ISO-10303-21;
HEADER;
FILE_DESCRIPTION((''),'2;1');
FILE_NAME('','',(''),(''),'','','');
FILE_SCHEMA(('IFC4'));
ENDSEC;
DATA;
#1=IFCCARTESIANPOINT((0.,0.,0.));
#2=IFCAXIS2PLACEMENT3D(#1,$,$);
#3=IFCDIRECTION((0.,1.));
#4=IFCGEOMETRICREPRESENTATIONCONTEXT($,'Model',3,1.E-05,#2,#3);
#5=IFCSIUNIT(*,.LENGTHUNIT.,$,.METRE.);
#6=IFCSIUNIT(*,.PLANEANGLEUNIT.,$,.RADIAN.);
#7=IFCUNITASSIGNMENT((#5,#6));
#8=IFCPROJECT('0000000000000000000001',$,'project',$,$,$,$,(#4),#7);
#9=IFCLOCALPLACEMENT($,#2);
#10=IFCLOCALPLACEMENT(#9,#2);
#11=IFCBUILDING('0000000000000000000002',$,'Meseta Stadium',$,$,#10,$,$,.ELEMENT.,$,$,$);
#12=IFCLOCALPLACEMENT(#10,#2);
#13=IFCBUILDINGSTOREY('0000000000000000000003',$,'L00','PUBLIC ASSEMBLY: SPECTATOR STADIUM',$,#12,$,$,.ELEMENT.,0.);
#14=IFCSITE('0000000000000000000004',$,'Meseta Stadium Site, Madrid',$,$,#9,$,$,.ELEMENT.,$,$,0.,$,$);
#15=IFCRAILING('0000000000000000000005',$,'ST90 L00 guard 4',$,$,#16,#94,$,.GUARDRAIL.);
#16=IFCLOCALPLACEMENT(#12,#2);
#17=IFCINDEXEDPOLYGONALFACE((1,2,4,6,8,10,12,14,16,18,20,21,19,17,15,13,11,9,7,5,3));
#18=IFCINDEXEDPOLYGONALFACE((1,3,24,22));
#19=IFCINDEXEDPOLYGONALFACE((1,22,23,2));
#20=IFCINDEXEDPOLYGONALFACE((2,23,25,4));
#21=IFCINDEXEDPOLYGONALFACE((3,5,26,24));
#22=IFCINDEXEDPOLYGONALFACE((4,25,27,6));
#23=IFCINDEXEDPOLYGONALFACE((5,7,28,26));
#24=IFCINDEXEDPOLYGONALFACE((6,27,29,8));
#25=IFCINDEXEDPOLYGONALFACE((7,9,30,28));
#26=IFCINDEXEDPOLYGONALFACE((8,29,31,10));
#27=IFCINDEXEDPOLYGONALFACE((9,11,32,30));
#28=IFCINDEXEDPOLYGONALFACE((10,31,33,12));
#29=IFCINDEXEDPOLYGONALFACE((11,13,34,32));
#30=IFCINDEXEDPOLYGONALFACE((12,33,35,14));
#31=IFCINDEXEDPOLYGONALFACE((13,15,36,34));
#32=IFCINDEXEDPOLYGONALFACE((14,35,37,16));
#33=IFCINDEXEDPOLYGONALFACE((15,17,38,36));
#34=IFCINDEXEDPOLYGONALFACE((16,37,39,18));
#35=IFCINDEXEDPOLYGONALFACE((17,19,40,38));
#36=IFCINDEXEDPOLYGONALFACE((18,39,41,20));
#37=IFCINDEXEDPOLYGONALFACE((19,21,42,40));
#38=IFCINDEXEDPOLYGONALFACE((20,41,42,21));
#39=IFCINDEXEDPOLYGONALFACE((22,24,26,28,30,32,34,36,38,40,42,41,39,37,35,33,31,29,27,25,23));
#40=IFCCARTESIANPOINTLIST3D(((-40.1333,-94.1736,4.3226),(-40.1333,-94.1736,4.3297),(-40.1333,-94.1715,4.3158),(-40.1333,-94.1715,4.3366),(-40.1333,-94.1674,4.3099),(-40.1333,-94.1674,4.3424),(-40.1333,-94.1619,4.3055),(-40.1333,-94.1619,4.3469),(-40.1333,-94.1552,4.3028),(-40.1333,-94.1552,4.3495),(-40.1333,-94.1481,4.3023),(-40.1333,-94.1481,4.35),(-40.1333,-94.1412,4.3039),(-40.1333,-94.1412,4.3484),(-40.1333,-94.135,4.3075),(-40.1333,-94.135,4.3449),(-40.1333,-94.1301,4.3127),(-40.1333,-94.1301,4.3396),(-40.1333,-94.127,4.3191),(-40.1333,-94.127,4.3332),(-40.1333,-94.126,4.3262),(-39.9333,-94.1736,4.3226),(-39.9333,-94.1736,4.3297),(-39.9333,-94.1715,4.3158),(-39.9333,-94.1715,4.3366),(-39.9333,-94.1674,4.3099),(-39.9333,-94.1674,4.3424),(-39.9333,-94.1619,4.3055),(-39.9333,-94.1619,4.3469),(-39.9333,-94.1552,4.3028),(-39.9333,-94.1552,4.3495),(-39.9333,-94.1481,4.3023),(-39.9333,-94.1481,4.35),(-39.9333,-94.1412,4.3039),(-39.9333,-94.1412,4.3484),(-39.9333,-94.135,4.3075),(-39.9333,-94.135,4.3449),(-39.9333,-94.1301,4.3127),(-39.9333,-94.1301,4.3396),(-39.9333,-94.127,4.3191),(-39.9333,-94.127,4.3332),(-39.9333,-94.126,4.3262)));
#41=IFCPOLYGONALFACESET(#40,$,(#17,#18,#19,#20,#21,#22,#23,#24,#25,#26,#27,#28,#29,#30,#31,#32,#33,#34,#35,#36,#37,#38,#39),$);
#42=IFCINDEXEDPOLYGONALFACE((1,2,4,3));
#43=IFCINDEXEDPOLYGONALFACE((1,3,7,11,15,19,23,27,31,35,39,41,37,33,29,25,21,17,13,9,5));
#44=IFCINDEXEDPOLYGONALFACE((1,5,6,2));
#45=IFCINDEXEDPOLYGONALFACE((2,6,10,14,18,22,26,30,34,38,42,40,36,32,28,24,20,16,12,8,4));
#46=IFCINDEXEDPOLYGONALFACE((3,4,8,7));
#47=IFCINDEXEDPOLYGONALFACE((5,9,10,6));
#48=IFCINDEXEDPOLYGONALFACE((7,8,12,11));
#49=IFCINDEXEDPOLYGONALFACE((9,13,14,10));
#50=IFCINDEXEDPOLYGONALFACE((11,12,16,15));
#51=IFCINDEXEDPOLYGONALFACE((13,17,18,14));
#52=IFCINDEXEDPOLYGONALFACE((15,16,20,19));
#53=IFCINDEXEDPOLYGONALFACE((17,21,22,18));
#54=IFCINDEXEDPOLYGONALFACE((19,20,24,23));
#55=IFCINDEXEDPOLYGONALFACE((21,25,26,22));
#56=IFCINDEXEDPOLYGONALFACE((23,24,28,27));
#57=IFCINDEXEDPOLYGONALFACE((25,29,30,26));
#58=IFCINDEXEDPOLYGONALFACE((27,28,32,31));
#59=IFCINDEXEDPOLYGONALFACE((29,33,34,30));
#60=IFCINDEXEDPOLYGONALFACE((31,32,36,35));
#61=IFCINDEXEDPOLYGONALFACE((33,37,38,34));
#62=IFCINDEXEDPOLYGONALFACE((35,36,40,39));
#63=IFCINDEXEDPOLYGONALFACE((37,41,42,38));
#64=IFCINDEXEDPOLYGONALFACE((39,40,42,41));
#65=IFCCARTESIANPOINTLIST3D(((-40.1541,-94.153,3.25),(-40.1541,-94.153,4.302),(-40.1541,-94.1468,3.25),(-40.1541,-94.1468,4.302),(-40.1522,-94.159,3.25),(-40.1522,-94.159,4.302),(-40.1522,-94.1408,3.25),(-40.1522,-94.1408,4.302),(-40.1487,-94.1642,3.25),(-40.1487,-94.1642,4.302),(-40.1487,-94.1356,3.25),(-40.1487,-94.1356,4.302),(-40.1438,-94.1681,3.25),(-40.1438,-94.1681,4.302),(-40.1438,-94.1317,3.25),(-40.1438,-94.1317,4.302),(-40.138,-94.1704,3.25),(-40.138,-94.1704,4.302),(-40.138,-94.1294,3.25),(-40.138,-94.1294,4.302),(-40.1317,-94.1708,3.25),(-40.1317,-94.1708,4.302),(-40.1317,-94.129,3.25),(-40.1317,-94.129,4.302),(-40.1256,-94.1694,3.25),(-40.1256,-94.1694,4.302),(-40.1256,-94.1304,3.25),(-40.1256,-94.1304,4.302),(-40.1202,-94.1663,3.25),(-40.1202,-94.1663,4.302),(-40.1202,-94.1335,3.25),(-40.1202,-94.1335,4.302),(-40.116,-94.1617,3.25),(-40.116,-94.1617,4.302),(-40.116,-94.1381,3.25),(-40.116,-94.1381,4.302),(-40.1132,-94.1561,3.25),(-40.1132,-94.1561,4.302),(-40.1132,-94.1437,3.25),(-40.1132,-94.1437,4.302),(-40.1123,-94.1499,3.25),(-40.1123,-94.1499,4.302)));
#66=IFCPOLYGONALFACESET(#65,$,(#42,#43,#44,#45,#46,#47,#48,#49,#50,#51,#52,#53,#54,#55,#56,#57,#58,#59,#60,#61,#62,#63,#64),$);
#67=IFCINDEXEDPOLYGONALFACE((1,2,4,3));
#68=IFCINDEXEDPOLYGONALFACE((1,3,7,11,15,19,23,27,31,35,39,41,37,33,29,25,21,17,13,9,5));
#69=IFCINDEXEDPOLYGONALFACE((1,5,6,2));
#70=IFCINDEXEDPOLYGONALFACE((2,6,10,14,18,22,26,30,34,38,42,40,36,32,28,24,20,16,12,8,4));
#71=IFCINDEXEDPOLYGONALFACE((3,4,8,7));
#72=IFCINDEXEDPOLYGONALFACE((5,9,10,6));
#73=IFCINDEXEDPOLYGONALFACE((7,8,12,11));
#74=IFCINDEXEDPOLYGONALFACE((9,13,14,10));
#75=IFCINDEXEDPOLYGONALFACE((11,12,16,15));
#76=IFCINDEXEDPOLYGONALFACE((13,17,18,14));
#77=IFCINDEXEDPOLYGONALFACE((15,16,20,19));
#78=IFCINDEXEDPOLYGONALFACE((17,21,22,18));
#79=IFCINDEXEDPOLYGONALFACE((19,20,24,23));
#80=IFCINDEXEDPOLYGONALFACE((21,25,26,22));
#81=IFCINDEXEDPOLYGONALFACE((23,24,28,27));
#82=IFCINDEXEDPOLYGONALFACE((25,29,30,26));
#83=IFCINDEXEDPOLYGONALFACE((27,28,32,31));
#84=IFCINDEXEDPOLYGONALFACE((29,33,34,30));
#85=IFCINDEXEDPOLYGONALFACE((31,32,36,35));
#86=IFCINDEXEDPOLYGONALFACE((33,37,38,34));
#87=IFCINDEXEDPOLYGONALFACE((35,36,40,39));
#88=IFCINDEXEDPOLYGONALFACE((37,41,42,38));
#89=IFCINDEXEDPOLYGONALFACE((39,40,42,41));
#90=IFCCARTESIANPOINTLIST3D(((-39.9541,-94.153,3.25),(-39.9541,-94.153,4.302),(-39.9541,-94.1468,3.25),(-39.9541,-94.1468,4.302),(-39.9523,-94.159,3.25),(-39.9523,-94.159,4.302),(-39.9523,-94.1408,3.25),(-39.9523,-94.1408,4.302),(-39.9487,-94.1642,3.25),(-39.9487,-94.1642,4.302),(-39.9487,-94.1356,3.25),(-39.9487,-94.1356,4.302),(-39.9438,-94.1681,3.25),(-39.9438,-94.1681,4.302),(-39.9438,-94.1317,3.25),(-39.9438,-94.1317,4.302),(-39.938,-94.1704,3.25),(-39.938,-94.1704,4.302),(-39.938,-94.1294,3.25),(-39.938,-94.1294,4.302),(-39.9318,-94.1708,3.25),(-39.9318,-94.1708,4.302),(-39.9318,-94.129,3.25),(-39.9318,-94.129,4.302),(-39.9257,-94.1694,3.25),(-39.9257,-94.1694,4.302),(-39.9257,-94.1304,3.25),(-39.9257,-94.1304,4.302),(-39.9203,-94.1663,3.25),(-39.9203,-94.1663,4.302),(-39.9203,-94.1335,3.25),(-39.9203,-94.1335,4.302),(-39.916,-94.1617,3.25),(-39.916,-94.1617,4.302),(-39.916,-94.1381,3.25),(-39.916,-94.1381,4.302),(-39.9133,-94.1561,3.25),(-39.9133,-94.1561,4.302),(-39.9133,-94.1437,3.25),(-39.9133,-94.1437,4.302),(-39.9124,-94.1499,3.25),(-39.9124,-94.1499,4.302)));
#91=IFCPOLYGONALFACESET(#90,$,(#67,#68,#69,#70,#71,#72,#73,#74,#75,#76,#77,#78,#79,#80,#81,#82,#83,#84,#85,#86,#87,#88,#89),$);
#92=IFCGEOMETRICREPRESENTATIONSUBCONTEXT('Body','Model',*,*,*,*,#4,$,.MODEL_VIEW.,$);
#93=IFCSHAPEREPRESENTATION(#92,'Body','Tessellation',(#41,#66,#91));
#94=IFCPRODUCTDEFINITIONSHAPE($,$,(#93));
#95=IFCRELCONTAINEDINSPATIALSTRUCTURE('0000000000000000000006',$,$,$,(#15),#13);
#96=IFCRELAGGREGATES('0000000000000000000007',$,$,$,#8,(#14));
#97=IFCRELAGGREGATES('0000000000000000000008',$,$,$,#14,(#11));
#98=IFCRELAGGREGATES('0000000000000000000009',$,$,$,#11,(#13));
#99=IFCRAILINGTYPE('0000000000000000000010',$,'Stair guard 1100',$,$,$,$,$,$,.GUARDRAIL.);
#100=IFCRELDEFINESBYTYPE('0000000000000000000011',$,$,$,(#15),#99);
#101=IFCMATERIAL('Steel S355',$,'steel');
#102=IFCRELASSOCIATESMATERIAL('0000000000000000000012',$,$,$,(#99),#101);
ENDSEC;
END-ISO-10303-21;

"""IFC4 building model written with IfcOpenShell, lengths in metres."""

from ifc_helpers import new_model, si_unit, direction, frame, origin, origin_2d, place, context, subcontext, project, spatial, circle, extrude, material, type_object, element, save


model = new_model("IFC4")

# Units and contexts
model_context = context("Model", 3, precision=1e-05, world=origin(), true_north=direction((0.0, 1.0)))
body_context = subcontext(model_context, "Body", "Model", "MODEL_VIEW")
ifc_project = project(units=[si_unit("LENGTHUNIT", "METRE"), si_unit("PLANEANGLEUNIT", "RADIAN")], contexts=[model_context])

# Site, building, storey
site_placement = place(None, origin())
site = spatial("IfcSite", under=ifc_project, at=site_placement, Name="Meseta Stadium Site, Madrid", CompositionType="ELEMENT", RefElevation=0.0)
building_placement = place(site_placement, origin())
building = spatial("IfcBuilding", under=site, at=building_placement, Name="Meseta Stadium", CompositionType="ELEMENT")
storey_placement = place(building_placement, origin())
storey = spatial("IfcBuildingStorey", under=building, at=storey_placement, Name="L00", Description="PUBLIC ASSEMBLY: SPECTATOR STADIUM", CompositionType="ELEMENT", Elevation=0.0)

# Railing
ifc_material_1 = material(Name="Steel S355", Category="steel")
railing_type_1 = type_object("IfcRailingType", Name="Stair guard 1100", PredefinedType="GUARDRAIL", material=ifc_material_1)
railing_1_placement = place(storey_placement, frame((-40.1333, -94.1499, 3.25)))
element("IfcRailing", 1, at=railing_1_placement, inside=storey, type_object=railing_type_1, Name="ST90 L00 guard 4", PredefinedType="GUARDRAIL", context=body_context, shape_type="SweptSolid", body=[
    extrude(circle(Radius=0.0239, at=origin_2d()), frame((0.0, 0.0, 1.0762), z_axis=(1.0, 0.0, 0.0), x_axis=(0.0, 1.0, 0.0)), (0.0, 0.0, 1.0), 0.2),
    extrude(circle(Radius=0.021, at=origin_2d()), origin(), (0.0, 0.0, 1.0), 1.052),
    extrude(circle(Radius=0.021, at=origin_2d()), frame((0.2, 0.0, 0.0)), (0.0, 0.0, 1.0), 1.052),
])

save(model, "model.ifc")
